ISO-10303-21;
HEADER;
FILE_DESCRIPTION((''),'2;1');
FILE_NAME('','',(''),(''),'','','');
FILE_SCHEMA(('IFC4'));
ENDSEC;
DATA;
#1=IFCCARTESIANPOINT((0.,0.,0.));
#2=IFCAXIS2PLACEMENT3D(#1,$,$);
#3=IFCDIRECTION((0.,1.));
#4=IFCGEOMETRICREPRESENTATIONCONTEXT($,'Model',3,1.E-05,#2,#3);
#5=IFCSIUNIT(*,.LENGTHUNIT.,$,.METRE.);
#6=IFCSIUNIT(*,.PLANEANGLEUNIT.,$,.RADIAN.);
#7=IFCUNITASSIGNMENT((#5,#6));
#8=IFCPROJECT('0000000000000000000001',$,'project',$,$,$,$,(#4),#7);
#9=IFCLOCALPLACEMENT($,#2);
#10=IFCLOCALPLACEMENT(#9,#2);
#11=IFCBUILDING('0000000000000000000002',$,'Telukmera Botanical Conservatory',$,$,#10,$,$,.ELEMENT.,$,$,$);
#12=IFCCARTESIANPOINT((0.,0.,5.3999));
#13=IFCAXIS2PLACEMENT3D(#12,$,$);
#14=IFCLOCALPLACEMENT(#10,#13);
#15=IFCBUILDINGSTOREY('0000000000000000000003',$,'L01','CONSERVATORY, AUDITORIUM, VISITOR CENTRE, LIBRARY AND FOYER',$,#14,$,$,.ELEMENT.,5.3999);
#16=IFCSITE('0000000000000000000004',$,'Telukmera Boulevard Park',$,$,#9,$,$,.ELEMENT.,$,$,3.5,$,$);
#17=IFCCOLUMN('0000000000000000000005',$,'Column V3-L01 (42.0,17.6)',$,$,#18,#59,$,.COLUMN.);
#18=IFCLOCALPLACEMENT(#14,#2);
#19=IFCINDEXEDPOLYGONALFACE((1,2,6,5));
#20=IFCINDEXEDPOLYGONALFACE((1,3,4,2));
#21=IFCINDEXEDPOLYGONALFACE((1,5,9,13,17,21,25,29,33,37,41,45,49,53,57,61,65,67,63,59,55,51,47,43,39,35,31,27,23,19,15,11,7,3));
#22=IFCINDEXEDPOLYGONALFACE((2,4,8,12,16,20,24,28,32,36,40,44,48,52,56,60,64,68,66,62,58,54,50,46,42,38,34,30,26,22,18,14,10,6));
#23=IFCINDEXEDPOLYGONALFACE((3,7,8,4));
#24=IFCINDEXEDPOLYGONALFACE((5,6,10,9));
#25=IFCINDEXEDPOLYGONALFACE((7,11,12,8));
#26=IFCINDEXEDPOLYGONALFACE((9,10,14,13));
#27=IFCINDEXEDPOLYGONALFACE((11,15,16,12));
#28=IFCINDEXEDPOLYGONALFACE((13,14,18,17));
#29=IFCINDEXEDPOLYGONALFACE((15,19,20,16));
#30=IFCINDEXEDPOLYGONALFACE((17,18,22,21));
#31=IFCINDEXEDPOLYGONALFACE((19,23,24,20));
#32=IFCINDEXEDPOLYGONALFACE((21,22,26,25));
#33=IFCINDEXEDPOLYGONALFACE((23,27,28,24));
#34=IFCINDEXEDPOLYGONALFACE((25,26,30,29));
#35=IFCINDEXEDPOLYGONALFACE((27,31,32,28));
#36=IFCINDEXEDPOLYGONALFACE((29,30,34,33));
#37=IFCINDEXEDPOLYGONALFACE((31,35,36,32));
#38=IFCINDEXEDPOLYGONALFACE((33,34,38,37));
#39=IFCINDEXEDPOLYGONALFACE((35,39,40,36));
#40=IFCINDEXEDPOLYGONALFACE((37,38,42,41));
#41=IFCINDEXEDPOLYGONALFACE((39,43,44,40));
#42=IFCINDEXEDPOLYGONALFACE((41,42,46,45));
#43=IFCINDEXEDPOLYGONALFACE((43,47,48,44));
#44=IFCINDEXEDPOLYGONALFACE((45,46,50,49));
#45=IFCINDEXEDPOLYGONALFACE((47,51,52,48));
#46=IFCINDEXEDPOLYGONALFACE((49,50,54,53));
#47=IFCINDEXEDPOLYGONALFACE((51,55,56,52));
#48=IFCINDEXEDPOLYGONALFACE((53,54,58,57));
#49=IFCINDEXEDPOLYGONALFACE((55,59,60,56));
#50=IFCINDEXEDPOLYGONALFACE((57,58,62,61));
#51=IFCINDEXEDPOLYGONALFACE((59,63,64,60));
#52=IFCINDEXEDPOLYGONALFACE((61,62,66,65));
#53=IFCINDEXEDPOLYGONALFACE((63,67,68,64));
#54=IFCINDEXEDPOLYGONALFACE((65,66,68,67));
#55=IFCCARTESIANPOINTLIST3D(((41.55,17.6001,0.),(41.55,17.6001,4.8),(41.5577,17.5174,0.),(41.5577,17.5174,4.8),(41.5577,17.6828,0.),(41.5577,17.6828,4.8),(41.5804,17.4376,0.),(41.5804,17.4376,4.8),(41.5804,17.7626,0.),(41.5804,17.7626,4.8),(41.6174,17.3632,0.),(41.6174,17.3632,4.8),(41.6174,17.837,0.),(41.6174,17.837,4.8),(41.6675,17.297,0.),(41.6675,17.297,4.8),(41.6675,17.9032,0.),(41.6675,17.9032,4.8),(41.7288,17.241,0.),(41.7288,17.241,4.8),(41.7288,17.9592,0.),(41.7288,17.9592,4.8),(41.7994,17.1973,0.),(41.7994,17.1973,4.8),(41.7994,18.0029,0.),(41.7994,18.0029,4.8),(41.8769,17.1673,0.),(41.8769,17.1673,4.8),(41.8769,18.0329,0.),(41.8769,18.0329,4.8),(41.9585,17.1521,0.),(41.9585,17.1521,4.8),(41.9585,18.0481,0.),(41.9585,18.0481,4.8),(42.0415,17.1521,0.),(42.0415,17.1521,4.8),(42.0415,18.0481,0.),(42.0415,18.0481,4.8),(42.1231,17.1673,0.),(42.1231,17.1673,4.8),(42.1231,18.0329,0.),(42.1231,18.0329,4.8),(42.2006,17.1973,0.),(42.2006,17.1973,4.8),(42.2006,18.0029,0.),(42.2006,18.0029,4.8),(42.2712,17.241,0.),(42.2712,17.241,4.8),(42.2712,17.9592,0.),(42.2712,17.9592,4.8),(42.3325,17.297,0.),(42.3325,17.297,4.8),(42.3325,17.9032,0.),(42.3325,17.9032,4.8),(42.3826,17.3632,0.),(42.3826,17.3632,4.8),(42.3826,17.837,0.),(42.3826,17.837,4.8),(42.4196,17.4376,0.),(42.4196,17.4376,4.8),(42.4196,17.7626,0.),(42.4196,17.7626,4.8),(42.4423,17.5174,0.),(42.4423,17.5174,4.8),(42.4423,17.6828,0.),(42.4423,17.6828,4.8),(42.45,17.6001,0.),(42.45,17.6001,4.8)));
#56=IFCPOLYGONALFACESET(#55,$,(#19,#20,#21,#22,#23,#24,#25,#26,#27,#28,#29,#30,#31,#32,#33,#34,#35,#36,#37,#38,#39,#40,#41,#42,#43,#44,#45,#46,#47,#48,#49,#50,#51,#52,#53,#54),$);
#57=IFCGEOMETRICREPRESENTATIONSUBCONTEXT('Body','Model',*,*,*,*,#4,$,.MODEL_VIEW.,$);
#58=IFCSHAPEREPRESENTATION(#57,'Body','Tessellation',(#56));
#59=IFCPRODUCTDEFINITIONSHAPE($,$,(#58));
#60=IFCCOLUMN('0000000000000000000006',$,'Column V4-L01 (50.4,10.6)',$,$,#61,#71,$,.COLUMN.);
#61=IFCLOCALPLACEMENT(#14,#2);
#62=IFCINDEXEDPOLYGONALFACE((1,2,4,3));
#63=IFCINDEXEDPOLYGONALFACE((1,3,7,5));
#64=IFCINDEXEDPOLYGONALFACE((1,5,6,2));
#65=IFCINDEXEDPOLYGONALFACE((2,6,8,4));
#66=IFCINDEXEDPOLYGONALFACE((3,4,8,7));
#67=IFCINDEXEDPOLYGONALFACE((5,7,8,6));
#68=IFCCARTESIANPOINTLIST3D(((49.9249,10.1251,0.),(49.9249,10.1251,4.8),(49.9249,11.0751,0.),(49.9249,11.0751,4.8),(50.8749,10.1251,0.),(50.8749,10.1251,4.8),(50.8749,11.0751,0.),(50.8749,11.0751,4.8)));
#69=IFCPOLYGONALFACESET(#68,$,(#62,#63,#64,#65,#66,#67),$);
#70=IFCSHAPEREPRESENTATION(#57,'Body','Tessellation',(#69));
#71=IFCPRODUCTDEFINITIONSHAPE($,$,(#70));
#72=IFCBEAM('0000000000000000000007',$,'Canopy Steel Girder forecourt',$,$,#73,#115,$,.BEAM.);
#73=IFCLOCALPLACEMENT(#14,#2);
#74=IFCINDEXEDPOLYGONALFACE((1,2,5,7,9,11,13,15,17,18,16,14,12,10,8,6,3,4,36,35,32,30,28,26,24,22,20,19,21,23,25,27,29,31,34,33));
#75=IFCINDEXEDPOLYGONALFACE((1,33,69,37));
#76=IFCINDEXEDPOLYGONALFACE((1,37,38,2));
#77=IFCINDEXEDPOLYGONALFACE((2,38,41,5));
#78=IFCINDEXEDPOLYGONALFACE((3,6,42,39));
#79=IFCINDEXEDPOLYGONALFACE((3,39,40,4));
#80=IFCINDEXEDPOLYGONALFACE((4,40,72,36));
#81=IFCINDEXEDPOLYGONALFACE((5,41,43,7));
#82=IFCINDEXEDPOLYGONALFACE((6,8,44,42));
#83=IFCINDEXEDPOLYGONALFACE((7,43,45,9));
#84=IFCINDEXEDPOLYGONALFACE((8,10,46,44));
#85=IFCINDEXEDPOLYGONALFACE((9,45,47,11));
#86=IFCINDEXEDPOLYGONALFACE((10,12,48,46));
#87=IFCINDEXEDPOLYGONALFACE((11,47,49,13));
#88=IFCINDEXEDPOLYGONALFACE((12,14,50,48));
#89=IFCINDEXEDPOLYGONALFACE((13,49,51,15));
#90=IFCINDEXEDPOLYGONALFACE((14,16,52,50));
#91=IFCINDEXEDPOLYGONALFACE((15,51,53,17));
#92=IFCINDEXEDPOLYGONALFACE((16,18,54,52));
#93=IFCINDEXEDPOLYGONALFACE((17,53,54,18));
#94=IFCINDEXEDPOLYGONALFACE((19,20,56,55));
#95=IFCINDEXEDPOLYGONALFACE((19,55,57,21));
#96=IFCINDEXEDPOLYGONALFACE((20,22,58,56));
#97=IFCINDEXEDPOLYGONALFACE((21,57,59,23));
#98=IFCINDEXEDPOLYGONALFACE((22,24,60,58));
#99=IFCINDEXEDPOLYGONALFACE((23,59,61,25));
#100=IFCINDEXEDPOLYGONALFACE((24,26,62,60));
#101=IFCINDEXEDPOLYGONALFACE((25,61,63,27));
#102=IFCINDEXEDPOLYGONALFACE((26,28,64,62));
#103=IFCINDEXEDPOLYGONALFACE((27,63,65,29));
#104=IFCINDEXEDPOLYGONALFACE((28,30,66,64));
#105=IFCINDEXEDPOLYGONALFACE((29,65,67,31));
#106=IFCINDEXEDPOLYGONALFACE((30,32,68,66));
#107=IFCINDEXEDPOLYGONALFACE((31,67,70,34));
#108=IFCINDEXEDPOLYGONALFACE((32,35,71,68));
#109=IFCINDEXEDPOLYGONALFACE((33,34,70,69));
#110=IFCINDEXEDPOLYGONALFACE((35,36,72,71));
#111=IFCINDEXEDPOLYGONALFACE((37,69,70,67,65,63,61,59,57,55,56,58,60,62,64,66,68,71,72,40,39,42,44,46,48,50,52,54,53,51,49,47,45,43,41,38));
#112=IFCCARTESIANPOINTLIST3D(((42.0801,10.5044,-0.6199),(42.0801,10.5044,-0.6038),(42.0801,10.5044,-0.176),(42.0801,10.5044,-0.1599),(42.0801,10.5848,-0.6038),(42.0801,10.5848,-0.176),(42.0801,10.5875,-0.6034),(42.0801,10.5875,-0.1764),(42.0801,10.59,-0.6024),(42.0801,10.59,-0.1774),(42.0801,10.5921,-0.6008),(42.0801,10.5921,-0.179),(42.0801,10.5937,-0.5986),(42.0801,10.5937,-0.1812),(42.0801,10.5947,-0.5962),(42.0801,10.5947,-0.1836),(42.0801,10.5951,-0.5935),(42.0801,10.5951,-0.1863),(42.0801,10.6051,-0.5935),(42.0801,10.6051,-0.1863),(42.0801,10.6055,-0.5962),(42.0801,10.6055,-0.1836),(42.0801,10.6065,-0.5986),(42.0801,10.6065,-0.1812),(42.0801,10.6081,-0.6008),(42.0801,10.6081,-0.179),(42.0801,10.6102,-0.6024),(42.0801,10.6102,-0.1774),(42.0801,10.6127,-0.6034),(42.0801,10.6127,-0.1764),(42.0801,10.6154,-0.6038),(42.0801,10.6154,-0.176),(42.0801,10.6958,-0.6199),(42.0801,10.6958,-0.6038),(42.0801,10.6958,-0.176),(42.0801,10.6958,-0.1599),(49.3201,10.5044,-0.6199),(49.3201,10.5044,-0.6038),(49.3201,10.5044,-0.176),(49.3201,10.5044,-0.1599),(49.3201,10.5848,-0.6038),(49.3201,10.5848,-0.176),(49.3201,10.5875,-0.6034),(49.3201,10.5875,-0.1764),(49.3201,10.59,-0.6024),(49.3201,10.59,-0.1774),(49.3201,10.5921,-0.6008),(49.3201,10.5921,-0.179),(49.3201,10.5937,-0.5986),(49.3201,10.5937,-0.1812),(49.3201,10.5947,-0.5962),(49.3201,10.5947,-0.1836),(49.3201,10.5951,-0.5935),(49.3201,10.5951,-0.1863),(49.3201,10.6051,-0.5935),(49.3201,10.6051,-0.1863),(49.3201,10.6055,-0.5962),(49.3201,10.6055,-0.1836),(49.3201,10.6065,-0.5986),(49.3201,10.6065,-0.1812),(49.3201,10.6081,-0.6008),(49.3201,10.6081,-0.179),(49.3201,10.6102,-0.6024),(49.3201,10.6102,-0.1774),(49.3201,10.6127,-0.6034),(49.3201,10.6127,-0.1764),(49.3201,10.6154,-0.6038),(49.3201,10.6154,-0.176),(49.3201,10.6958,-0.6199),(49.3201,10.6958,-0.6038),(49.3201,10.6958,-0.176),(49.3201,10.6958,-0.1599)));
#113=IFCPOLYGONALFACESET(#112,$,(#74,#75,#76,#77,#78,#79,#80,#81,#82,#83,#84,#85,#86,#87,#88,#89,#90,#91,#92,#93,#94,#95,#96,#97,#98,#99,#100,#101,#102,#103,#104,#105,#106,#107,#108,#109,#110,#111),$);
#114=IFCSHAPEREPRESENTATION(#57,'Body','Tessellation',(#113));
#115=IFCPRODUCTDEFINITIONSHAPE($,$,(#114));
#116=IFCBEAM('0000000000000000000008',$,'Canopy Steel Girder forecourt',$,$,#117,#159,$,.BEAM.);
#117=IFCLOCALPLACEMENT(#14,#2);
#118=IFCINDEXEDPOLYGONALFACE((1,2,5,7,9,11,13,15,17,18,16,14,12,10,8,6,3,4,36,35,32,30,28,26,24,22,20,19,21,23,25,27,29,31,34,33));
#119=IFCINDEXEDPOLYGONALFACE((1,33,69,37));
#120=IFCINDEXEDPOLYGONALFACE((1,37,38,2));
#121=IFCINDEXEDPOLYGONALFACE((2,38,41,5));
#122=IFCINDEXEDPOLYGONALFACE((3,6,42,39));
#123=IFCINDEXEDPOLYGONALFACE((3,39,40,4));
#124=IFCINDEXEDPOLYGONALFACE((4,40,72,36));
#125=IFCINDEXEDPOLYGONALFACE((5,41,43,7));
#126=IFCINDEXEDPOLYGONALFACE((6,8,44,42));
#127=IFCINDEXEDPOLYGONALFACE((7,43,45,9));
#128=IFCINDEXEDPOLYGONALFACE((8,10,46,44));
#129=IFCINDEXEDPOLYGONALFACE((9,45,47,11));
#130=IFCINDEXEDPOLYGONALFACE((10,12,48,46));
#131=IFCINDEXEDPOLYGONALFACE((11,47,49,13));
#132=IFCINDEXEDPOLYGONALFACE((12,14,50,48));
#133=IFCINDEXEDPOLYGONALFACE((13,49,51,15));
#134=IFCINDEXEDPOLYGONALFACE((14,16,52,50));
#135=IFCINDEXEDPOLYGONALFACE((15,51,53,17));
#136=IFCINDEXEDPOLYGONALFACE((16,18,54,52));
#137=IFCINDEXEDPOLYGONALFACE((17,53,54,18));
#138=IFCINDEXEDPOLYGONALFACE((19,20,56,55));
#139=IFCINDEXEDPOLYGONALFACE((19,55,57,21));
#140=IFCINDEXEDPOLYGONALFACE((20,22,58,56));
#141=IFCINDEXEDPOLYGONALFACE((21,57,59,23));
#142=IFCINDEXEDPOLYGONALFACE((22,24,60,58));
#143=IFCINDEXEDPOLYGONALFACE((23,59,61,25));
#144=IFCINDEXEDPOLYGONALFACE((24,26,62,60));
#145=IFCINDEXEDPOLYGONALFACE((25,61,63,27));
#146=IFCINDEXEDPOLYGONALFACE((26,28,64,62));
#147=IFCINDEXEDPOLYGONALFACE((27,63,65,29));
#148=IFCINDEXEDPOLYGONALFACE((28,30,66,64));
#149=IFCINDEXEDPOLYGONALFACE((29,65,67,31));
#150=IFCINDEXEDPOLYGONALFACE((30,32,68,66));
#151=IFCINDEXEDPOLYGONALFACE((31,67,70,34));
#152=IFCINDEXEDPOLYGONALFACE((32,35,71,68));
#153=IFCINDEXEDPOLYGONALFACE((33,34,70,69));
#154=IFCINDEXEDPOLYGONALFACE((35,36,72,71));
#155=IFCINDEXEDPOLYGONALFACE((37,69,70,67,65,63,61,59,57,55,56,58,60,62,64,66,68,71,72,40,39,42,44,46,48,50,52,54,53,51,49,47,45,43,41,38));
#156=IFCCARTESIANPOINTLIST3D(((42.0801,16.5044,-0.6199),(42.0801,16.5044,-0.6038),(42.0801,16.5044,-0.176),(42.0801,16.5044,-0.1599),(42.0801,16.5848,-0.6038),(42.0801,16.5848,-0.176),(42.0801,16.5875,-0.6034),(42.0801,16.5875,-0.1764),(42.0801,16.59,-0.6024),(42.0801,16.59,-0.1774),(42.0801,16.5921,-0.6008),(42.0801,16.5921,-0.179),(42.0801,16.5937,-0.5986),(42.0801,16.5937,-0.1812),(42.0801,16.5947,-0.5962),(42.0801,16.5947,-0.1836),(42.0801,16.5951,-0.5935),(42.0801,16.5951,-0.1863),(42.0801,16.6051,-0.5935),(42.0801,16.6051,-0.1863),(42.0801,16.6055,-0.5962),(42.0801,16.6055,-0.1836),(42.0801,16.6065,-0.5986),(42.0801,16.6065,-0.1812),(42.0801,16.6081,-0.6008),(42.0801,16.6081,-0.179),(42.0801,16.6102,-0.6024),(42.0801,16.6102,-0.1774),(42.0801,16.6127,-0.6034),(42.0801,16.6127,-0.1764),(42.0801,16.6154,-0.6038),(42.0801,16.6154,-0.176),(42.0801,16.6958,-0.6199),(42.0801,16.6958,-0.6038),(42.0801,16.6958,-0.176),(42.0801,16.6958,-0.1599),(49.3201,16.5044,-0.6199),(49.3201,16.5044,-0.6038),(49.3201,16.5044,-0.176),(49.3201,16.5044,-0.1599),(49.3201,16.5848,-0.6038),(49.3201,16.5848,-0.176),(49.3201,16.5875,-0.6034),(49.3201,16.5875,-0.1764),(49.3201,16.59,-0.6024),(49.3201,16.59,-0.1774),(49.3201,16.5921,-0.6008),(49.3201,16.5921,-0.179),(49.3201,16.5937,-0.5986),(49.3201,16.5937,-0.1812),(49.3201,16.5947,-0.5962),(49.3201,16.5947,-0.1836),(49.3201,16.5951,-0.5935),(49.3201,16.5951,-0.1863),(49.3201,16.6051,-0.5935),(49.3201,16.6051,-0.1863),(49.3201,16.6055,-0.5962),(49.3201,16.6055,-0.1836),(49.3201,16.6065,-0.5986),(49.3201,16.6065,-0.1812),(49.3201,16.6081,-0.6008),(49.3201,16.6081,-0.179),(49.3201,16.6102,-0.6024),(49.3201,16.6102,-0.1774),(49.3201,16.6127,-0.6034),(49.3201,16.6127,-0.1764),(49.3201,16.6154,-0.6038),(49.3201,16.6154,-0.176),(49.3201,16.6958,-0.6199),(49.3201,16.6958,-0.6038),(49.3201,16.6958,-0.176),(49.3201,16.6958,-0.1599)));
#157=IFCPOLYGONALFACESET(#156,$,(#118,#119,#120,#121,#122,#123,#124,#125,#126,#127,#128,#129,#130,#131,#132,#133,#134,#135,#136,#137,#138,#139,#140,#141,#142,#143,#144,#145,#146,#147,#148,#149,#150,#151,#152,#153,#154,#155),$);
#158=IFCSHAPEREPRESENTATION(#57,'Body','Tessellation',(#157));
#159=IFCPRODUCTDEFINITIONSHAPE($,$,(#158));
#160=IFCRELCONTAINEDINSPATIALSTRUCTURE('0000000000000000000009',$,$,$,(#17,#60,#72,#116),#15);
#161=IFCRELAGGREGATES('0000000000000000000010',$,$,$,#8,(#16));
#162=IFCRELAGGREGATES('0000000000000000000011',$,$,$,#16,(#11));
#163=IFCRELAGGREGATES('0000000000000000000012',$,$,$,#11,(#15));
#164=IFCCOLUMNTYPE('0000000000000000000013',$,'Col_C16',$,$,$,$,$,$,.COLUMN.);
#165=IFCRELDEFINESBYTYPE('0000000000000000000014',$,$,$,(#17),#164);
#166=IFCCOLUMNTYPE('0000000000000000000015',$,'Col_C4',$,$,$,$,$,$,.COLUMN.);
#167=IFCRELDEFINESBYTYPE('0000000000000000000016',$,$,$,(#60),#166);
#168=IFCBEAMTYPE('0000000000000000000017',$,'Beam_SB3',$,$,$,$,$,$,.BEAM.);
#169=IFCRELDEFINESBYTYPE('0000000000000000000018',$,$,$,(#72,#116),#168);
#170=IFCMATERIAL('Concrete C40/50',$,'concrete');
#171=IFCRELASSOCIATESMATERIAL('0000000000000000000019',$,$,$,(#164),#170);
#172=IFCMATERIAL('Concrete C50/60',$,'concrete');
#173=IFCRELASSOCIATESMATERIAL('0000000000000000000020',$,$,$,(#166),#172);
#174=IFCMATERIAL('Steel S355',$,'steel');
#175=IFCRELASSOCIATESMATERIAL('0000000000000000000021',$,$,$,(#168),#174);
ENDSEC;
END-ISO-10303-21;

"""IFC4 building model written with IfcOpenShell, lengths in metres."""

from ifc_helpers import new_model, si_unit, direction, frame, origin, origin_2d, place, context, subcontext, project, spatial, rectangle, circle, i_section, extrude, material, material_profile, profile_set, type_object, element, save


model = new_model("IFC4")

# Units and contexts
model_context = context("Model", 3, precision=1e-05, world=origin(), true_north=direction((0.0, 1.0)))
body_context = subcontext(model_context, "Body", "Model", "MODEL_VIEW")
ifc_project = project(units=[si_unit("LENGTHUNIT", "METRE"), si_unit("PLANEANGLEUNIT", "RADIAN")], contexts=[model_context])

# Site, building, storey
site_placement = place(None, origin())
site = spatial("IfcSite", under=ifc_project, at=site_placement, Name="Telukmera Boulevard Park", CompositionType="ELEMENT", RefElevation=3.5)
building_placement = place(site_placement, origin())
building = spatial("IfcBuilding", under=site, at=building_placement, Name="Telukmera Botanical Conservatory", CompositionType="ELEMENT")
storey_placement = place(building_placement, frame((0.0, 0.0, 5.3999)))
storey = spatial("IfcBuildingStorey", under=building, at=storey_placement, Name="L01", Description="CONSERVATORY, AUDITORIUM, VISITOR CENTRE, LIBRARY AND FOYER", CompositionType="ELEMENT", Elevation=5.3999)

# Columns
ifc_material_1 = material(Name="Concrete C40/50", Category="concrete")
ifc_material_profile_1 = material_profile(ifc_material_1, circle(Radius=0.45, at=origin_2d()), Name="RC D900")
ifc_profile_set_1 = profile_set([ifc_material_profile_1], Name="Concrete C40/50")
column_type_1 = type_object("IfcColumnType", Name="Col_C16", PredefinedType="COLUMN", material=ifc_profile_set_1)
column_1_placement = place(storey_placement, frame((42.0, 17.6001, 0.0), z_axis=(0.0, 0.0, 1.0), x_axis=(1.0, 0.0, 0.0)))
element("IfcColumn", 1, at=column_1_placement, inside=storey, type_object=column_type_1, Name="Column V3-L01 (42.0,17.6)", PredefinedType="COLUMN", context=body_context, shape_type="SweptSolid", body=[
    extrude(circle(Radius=0.45, at=origin_2d()), origin(), (0.0, 0.0, 1.0), 4.8),
])
ifc_material_2 = material(Name="Concrete C50/60", Category="concrete")
ifc_material_profile_2 = material_profile(ifc_material_2, rectangle(XDim=0.95, YDim=0.95, at=origin_2d()), Name="RC 950x950")
ifc_profile_set_2 = profile_set([ifc_material_profile_2], Name="Concrete C50/60")
column_type_2 = type_object("IfcColumnType", Name="Col_C4", PredefinedType="COLUMN", material=ifc_profile_set_2)
column_2_placement = place(storey_placement, frame((50.3999, 10.6001, 0.0), z_axis=(0.0, 0.0, 1.0), x_axis=(1.0, 0.0, 0.0)))
element("IfcColumn", 2, at=column_2_placement, inside=storey, type_object=column_type_2, Name="Column V4-L01 (50.4,10.6)", PredefinedType="COLUMN", context=body_context, shape_type="SweptSolid", body=[
    extrude(rectangle(XDim=0.95, YDim=0.95, at=origin_2d()), origin(), (0.0, 0.0, 1.0), 4.8),
])

# Beams
ifc_material_3 = material(Name="Steel S355", Category="steel")
ifc_material_profile_3 = material_profile(ifc_material_3, i_section(OverallWidth=0.1914, OverallDepth=0.46, WebThickness=0.01, FlangeThickness=0.0161, FilletRadius=0.0103, at=origin_2d()), Name="UB 457x191x82")
ifc_profile_set_3 = profile_set([ifc_material_profile_3], Name="Steel S355")
beam_type_1 = type_object("IfcBeamType", Name="Beam_SB3", PredefinedType="BEAM", material=ifc_profile_set_3)
for number, where, z_axis, x_axis, name in (
    (3, (42.0801, 10.6001, -0.3899), (1.0, 0.0, 0.0), (0.0, 1.0, 0.0), "Canopy Steel Girder forecourt"),
    (4, (42.0801, 16.6001, -0.3899), (1.0, 0.0, 0.0), (0.0, 1.0, 0.0), "Canopy Steel Girder forecourt"),
):
    element("IfcBeam", number, at=place(storey_placement, frame(where, z_axis=z_axis, x_axis=x_axis)), inside=storey, type_object=beam_type_1, Name=name, PredefinedType="BEAM", context=body_context, shape_type="SweptSolid", body=[
        extrude(i_section(OverallWidth=0.1914, OverallDepth=0.46, WebThickness=0.01, FlangeThickness=0.0161, FilletRadius=0.0103, at=origin_2d()), origin(), (0.0, 0.0, 1.0), 7.24),
    ])

save(model, "model.ifc")
